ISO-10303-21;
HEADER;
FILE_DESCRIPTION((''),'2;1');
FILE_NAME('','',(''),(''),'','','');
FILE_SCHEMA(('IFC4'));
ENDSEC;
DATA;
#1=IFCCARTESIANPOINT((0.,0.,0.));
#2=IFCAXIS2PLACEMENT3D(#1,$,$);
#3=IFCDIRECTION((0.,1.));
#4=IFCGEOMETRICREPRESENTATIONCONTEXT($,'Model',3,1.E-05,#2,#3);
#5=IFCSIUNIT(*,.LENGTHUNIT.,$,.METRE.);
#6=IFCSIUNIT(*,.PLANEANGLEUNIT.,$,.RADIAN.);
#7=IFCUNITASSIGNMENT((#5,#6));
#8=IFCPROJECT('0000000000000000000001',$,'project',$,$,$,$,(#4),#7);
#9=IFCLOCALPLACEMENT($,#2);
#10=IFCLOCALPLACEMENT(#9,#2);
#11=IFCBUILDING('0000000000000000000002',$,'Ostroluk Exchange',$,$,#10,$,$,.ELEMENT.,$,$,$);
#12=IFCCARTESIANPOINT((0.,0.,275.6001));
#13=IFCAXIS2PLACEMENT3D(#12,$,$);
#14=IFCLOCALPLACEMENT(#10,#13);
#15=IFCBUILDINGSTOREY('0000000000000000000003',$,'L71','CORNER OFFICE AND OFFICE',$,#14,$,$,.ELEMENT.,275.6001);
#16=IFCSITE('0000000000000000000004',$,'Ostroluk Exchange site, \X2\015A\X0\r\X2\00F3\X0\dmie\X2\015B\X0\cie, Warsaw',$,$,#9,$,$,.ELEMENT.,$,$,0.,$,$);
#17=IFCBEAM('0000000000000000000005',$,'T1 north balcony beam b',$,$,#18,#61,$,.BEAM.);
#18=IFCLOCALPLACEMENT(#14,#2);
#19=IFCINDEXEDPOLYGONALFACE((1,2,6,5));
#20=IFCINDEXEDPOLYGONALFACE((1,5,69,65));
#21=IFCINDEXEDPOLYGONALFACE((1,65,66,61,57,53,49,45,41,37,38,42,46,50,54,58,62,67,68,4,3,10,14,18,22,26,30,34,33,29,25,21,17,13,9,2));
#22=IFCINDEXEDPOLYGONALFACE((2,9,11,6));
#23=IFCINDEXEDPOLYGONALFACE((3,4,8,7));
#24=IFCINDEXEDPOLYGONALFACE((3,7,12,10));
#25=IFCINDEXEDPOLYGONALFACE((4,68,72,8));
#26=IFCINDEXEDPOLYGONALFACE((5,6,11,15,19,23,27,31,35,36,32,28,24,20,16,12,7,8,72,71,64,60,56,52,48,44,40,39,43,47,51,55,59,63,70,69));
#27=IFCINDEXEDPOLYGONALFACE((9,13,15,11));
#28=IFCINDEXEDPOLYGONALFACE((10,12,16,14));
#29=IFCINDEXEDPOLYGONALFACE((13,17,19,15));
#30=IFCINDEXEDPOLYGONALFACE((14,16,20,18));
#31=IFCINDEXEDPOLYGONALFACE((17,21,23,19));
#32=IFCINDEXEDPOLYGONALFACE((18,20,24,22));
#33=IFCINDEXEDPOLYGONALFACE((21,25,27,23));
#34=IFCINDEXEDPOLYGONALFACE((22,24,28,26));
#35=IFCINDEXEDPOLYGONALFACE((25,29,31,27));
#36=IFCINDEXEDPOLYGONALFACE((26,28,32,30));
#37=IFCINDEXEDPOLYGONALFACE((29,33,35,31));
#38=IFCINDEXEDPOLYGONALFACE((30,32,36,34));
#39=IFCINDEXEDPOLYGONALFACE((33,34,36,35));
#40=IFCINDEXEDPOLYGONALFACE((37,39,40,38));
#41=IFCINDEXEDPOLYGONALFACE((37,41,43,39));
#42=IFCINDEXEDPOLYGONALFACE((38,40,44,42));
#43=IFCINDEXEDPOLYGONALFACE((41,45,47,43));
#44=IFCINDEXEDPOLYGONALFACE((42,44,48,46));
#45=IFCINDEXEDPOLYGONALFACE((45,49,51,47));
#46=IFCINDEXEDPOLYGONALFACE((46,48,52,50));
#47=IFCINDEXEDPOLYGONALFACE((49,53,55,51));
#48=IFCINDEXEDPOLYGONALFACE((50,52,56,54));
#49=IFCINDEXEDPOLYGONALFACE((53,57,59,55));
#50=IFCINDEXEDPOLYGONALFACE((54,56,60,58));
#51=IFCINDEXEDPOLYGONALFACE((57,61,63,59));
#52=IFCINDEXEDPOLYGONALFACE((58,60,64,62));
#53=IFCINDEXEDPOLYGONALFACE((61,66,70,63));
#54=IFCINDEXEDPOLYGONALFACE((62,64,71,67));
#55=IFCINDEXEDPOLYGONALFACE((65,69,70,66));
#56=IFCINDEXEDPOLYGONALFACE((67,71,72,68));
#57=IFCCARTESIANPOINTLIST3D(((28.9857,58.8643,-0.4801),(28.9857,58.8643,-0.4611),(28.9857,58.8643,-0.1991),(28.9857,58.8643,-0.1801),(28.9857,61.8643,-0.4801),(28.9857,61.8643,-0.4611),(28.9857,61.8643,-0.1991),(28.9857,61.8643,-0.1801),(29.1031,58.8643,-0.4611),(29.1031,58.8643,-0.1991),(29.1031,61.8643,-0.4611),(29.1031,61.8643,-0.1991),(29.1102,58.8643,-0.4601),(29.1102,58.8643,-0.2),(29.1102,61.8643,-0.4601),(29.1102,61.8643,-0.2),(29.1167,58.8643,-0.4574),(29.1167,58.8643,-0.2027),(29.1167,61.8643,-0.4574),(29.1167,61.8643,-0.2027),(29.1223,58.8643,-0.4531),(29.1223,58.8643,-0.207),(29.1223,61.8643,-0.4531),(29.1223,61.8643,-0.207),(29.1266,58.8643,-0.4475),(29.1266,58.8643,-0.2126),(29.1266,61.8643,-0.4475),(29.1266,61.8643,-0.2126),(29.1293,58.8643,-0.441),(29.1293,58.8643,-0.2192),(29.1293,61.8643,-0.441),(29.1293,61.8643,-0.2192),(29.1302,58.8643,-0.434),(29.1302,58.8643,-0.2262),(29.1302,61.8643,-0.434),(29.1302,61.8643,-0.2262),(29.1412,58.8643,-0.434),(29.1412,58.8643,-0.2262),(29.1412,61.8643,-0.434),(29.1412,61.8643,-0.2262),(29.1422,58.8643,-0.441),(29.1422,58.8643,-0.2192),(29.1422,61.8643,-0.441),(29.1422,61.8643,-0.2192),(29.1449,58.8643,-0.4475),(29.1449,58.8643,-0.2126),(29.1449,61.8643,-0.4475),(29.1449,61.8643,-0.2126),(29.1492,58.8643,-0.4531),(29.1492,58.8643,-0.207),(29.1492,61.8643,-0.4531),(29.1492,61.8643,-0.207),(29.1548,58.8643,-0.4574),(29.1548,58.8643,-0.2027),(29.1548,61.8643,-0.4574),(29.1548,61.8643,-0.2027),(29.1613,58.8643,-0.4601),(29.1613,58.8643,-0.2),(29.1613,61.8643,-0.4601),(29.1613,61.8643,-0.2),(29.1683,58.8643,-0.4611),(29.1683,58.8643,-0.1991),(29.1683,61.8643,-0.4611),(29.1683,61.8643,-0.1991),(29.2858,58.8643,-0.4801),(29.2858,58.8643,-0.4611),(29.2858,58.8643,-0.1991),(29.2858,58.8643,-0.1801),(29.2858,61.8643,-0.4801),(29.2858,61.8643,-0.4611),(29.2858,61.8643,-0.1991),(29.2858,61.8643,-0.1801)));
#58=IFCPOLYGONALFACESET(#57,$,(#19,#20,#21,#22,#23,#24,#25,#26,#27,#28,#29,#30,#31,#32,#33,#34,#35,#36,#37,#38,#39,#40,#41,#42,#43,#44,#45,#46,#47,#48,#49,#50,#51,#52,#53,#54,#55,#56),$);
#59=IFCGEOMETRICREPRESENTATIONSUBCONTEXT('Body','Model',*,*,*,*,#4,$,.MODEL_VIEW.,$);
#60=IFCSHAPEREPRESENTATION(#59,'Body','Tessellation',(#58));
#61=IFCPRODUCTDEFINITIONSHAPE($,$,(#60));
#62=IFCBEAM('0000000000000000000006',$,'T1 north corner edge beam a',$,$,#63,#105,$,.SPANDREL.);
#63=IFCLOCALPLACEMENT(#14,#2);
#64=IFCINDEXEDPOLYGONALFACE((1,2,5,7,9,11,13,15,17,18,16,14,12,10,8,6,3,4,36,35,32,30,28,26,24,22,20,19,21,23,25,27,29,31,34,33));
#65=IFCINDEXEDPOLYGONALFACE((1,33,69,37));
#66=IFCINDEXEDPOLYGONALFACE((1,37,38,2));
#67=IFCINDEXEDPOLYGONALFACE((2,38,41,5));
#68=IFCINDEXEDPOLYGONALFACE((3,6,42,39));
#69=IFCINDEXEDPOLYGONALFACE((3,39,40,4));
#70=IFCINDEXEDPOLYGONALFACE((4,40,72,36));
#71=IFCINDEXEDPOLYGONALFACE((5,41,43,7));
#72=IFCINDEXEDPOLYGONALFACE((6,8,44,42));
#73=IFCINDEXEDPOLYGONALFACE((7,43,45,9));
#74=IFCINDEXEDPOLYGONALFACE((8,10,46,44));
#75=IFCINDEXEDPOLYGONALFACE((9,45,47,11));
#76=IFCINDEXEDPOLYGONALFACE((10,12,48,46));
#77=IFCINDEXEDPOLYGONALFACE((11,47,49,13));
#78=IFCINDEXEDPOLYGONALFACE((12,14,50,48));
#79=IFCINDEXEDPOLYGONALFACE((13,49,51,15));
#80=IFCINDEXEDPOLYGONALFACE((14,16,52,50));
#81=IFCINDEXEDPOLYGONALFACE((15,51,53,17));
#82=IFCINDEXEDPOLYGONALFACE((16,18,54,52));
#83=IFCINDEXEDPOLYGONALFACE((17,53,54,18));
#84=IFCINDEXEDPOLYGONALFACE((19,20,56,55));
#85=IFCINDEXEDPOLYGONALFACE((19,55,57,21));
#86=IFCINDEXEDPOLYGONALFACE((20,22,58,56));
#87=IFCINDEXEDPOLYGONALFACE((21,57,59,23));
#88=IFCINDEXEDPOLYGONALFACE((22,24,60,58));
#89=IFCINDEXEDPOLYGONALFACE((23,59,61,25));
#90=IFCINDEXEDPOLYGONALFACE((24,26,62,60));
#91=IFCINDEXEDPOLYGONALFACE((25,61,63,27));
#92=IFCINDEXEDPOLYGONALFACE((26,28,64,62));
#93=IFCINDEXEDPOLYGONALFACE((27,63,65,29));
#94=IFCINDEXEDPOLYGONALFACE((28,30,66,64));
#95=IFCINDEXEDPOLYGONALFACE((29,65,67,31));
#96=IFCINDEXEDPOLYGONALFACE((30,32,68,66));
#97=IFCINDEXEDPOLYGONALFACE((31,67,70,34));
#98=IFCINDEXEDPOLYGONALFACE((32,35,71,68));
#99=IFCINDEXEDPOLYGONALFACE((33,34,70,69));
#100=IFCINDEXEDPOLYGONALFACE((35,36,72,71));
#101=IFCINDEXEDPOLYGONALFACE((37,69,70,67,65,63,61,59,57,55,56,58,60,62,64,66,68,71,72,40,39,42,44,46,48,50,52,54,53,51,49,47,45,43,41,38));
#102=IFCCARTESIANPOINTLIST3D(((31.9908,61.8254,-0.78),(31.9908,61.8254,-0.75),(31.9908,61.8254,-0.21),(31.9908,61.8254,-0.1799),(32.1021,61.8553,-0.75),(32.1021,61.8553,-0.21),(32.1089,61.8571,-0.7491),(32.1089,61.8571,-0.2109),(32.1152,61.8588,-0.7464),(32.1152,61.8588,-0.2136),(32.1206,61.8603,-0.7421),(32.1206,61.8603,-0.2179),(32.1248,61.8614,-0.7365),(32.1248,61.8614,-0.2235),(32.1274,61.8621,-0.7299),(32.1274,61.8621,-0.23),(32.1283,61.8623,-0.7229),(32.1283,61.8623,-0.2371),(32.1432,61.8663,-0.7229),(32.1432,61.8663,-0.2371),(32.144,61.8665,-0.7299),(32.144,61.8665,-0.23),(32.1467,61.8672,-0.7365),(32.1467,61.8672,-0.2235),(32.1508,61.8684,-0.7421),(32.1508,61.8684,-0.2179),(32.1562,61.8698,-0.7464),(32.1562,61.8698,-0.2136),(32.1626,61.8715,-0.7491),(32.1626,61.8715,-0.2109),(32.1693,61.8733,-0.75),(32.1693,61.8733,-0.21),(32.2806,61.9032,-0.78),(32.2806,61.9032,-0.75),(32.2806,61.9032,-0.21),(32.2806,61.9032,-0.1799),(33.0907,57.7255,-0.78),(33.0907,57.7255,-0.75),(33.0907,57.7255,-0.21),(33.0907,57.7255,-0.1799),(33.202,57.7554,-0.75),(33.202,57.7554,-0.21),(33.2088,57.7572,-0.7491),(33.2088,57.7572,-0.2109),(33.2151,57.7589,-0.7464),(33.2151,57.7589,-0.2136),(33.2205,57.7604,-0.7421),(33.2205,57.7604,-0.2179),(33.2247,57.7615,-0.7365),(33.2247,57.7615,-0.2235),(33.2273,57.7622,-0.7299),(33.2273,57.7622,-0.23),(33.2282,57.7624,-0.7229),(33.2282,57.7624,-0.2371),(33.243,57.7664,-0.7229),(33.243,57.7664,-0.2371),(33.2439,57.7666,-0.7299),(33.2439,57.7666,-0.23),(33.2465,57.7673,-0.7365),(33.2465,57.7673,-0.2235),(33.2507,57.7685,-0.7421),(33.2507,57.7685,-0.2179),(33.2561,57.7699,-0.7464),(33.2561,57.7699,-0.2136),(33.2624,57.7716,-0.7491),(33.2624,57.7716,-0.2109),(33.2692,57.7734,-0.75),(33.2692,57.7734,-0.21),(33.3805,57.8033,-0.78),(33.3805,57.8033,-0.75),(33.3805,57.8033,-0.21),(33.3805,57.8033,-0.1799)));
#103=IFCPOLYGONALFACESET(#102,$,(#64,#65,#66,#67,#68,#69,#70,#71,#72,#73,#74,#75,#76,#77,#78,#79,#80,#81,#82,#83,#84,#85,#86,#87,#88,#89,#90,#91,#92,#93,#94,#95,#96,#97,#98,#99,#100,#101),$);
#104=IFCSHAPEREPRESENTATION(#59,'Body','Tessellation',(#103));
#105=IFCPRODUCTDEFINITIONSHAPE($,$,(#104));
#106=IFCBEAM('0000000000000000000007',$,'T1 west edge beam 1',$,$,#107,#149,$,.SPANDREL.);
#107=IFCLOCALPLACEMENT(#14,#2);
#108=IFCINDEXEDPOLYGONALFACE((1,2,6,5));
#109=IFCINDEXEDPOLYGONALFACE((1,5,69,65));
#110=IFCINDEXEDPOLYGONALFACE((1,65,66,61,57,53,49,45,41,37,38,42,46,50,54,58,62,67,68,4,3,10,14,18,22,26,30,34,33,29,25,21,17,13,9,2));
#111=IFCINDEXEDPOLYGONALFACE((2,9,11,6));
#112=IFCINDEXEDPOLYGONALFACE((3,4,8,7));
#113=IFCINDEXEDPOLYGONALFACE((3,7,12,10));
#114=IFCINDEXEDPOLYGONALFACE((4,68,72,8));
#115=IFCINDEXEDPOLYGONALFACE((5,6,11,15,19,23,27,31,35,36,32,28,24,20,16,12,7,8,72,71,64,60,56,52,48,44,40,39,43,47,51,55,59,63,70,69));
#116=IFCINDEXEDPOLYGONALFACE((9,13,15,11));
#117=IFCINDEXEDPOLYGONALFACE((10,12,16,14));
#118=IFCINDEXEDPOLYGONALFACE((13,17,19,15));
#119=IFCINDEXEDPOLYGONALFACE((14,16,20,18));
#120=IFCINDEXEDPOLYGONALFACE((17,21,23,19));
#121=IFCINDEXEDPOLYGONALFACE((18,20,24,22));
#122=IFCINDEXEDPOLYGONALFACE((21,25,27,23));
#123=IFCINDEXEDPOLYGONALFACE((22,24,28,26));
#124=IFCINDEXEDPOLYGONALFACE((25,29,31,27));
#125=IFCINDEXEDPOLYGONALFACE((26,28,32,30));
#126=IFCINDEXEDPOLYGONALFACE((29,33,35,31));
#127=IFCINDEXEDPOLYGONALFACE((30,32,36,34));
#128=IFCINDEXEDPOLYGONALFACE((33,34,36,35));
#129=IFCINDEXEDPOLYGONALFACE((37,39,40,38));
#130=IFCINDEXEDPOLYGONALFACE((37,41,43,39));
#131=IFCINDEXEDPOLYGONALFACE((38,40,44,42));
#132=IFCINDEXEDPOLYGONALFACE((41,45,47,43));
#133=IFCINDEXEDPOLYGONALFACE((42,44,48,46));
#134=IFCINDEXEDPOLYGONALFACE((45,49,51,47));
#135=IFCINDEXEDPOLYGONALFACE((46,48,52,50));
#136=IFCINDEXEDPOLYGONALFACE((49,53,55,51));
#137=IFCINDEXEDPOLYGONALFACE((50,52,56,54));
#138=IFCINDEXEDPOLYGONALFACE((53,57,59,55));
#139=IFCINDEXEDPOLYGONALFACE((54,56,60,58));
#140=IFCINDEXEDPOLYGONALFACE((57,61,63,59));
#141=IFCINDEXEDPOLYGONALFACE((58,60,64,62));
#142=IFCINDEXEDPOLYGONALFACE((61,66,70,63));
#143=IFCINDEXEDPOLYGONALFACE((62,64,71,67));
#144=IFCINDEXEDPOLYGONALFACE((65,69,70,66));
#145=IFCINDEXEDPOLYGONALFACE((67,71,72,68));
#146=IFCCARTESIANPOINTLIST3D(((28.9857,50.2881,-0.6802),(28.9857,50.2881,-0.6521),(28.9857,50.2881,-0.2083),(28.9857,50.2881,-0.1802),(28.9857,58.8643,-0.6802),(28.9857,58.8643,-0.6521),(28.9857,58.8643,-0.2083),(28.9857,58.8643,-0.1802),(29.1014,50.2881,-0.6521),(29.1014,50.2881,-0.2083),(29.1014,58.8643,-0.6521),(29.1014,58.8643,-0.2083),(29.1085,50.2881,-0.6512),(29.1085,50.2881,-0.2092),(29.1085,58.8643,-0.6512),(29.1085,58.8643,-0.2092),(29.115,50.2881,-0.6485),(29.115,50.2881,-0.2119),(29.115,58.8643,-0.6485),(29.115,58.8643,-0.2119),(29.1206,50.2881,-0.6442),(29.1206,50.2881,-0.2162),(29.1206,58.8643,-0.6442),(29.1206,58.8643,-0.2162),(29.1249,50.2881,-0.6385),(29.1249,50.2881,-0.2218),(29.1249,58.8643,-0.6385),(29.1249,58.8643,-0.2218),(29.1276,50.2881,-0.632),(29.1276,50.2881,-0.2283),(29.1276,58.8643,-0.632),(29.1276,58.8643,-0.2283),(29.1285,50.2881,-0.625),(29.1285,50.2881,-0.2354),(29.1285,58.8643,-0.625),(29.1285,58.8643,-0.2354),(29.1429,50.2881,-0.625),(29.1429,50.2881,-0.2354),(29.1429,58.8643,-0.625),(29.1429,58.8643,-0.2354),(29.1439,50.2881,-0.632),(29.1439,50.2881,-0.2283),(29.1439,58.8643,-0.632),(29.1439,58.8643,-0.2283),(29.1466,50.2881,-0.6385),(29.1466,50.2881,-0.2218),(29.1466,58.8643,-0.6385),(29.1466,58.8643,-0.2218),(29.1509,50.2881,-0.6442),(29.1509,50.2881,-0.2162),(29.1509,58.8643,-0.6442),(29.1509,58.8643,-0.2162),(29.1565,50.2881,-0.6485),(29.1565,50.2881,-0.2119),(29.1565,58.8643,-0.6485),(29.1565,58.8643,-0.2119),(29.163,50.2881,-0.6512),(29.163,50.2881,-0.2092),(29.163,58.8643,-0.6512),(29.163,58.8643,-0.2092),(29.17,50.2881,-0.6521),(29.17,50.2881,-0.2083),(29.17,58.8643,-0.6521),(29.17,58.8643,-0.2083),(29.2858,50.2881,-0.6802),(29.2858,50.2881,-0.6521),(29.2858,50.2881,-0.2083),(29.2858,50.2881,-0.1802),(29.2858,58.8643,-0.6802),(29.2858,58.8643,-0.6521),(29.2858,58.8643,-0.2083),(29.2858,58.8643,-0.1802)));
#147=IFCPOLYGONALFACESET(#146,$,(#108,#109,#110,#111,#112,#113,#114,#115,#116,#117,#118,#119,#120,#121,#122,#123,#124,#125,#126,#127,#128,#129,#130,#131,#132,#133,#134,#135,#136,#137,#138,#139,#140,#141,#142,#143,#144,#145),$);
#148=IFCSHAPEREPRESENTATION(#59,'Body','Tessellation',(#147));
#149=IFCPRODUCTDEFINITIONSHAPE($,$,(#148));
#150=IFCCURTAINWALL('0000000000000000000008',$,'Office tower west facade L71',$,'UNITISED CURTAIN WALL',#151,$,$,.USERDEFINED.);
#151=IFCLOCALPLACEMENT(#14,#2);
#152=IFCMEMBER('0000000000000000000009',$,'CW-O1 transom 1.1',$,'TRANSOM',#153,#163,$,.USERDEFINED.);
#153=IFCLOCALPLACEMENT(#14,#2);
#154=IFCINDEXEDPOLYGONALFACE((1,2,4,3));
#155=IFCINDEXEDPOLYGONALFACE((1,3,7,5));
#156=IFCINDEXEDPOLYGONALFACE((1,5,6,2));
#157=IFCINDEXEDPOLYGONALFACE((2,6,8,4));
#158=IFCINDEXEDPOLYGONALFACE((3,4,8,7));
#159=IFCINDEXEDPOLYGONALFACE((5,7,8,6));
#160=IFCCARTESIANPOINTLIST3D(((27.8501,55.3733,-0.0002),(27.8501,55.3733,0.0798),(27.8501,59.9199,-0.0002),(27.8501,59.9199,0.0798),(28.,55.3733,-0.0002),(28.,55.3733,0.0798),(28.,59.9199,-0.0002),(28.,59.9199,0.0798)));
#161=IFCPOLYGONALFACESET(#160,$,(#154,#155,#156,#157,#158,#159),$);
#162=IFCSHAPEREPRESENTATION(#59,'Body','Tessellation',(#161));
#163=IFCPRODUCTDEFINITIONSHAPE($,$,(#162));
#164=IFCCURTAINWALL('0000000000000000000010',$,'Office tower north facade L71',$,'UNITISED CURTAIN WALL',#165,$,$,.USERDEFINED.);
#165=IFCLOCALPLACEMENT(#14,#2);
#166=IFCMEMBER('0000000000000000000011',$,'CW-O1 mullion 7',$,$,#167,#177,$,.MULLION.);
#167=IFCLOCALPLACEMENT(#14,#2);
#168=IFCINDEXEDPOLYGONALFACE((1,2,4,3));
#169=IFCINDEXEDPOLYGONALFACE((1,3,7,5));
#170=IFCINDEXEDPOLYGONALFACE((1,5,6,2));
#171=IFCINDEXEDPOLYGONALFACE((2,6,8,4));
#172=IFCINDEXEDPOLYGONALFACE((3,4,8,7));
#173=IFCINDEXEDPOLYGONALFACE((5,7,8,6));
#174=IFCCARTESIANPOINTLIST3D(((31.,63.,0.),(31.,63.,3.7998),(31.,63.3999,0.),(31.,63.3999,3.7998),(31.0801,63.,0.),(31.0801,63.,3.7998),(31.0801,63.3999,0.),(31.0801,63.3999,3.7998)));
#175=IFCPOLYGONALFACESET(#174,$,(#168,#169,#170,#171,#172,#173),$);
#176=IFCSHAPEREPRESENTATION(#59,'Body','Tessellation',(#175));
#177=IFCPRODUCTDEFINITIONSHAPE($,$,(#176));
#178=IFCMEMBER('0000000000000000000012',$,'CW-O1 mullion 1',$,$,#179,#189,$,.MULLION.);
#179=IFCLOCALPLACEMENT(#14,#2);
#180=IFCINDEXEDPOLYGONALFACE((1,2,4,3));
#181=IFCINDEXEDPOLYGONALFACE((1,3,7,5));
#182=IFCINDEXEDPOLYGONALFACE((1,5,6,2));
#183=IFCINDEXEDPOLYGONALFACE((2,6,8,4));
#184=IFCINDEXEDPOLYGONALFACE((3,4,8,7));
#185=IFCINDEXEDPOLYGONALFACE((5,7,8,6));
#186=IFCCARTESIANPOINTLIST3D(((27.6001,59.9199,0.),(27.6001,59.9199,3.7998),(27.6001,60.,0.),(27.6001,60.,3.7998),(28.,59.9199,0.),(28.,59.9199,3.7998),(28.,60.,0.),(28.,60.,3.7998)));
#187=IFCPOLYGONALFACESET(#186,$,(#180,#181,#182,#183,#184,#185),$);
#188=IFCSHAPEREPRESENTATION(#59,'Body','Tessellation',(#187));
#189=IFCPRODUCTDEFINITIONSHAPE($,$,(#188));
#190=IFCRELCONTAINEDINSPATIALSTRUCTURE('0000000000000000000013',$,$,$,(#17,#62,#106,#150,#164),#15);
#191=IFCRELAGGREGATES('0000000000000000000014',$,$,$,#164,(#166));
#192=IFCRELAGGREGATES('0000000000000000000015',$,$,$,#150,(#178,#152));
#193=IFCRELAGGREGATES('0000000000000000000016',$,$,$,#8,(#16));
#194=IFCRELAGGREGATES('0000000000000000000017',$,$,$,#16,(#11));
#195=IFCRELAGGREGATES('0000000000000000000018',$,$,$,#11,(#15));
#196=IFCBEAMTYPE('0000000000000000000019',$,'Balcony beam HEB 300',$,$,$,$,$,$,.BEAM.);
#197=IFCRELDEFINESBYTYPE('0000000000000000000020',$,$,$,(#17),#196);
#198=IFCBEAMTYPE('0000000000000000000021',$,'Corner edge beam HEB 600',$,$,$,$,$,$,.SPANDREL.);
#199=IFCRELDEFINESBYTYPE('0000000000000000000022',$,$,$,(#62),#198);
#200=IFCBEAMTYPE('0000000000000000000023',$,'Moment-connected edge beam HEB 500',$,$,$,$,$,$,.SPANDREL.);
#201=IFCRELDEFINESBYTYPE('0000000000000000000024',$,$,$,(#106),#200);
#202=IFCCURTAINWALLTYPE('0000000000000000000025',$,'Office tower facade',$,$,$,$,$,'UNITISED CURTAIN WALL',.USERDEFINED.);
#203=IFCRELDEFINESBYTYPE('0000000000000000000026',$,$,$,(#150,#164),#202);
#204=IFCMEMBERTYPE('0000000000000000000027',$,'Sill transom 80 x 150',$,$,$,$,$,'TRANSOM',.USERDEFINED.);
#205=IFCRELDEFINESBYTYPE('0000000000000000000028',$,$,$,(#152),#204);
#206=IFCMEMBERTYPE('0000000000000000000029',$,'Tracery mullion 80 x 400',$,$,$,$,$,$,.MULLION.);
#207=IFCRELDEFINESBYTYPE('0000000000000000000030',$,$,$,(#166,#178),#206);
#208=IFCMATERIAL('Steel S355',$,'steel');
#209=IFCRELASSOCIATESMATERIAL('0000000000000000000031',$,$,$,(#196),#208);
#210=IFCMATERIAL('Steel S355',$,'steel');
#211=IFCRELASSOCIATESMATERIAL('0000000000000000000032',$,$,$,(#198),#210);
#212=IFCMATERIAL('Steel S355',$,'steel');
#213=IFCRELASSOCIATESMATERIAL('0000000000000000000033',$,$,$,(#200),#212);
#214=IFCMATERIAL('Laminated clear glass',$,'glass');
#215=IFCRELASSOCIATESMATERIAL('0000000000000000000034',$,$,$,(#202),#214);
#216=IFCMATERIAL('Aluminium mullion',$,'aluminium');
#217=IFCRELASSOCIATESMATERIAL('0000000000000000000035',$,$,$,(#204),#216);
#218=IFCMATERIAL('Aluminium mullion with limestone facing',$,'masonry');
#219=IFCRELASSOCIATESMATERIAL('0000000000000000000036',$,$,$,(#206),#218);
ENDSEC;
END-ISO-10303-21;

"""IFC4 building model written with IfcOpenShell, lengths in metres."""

from ifc_helpers import new_model, si_unit, direction, frame, origin, origin_2d, place, context, subcontext, project, spatial, rectangle, i_section, extrude, material, material_profile, profile_set, type_object, element, aggregate, save


model = new_model("IFC4")

# Units and contexts
model_context = context("Model", 3, precision=1e-05, world=origin(), true_north=direction((0.0, 1.0)))
body_context = subcontext(model_context, "Body", "Model", "MODEL_VIEW")
ifc_project = project(units=[si_unit("LENGTHUNIT", "METRE"), si_unit("PLANEANGLEUNIT", "RADIAN")], contexts=[model_context])

# Site, building, storey
site_placement = place(None, origin())
site = spatial("IfcSite", under=ifc_project, at=site_placement, Name="Ostroluk Exchange site, Śródmieście, Warsaw", CompositionType="ELEMENT", RefElevation=0.0)
building_placement = place(site_placement, origin())
building = spatial("IfcBuilding", under=site, at=building_placement, Name="Ostroluk Exchange", CompositionType="ELEMENT")
storey_placement = place(building_placement, frame((0.0, 0.0, 275.6001)))
storey = spatial("IfcBuildingStorey", under=building, at=storey_placement, Name="L71", Description="CORNER OFFICE AND OFFICE", CompositionType="ELEMENT", Elevation=275.6001)

# Beams
ifc_material_1 = material(Name="Steel S355", Category="steel")
ifc_material_profile_1 = material_profile(ifc_material_1, i_section(OverallWidth=0.3, OverallDepth=0.3, WebThickness=0.011, FlangeThickness=0.019, FilletRadius=0.0271, at=origin_2d()), Name="HEB 300")
ifc_profile_set_1 = profile_set([ifc_material_profile_1], Name="Steel S355")
beam_type_1 = type_object("IfcBeamType", Name="Balcony beam HEB 300", PredefinedType="BEAM", material=ifc_profile_set_1)
for number, where, z_axis, x_axis, name in (
    (1, (29.1357, 58.8643, -0.3301), (0.0, 1.0, 0.0), (-1.0, 0.0, 0.0), "T1 north balcony beam b"),
):
    element("IfcBeam", number, at=place(storey_placement, frame(where, z_axis=z_axis, x_axis=x_axis)), inside=storey, type_object=beam_type_1, Name=name, PredefinedType="BEAM", context=body_context, shape_type="SweptSolid", body=[
        extrude(i_section(OverallWidth=0.3, OverallDepth=0.3, WebThickness=0.011, FlangeThickness=0.019, FilletRadius=0.0271, at=origin_2d()), origin(), (0.0, 0.0, 1.0), 3.0),
    ])
ifc_material_2 = material(Name="Steel S355", Category="steel")
ifc_material_profile_2 = material_profile(ifc_material_2, i_section(OverallWidth=0.3, OverallDepth=0.6001, WebThickness=0.0154, FlangeThickness=0.03, FilletRadius=0.0271, at=origin_2d()), Name="HEB 600")
ifc_profile_set_2 = profile_set([ifc_material_profile_2], Name="Steel S355")
beam_type_2 = type_object("IfcBeamType", Name="Corner edge beam HEB 600", PredefinedType="SPANDREL", material=ifc_profile_set_2)
beam_1_placement = place(storey_placement, frame((33.2356, 57.7644, -0.48), z_axis=(-0.259105, 0.965849, 0.0), x_axis=(-0.965849, -0.259105, 0.0)))
element("IfcBeam", 2, at=beam_1_placement, inside=storey, type_object=beam_type_2, Name="T1 north corner edge beam a", PredefinedType="SPANDREL", context=body_context, shape_type="SweptSolid", body=[
    extrude(i_section(OverallWidth=0.3, OverallDepth=0.6001, WebThickness=0.0154, FlangeThickness=0.03, FilletRadius=0.0271, at=origin_2d()), origin(), (0.0, 0.0, 1.0), 4.2449),
])
ifc_material_3 = material(Name="Steel S355", Category="steel")
ifc_material_profile_3 = material_profile(ifc_material_3, i_section(OverallWidth=0.3, OverallDepth=0.5, WebThickness=0.0144, FlangeThickness=0.0281, FilletRadius=0.0271, at=origin_2d()), Name="HEB 500")
ifc_profile_set_3 = profile_set([ifc_material_profile_3], Name="Steel S355")
beam_type_3 = type_object("IfcBeamType", Name="Moment-connected edge beam HEB 500", PredefinedType="SPANDREL", material=ifc_profile_set_3)
beam_2_placement = place(storey_placement, frame((29.1357, 58.8643, -0.4302), z_axis=(0.0, -1.0, 0.0), x_axis=(1.0, 0.0, 0.0)))
element("IfcBeam", 3, at=beam_2_placement, inside=storey, type_object=beam_type_3, Name="T1 west edge beam 1", PredefinedType="SPANDREL", context=body_context, shape_type="SweptSolid", body=[
    extrude(i_section(OverallWidth=0.3, OverallDepth=0.5, WebThickness=0.0144, FlangeThickness=0.0281, FilletRadius=0.0271, at=origin_2d()), origin(), (0.0, 0.0, 1.0), 8.5762),
])

# Curtain walls, members
ifc_material_4 = material(Name="Laminated clear glass", Category="glass")
curtain_wall_type = type_object("IfcCurtainWallType", Name="Office tower facade", ElementType="UNITISED CURTAIN WALL", PredefinedType="USERDEFINED", material=ifc_material_4)
curtain_wall_1_placement = place(storey_placement, origin())
curtain_wall_1 = element("IfcCurtainWall", 4, at=curtain_wall_1_placement, inside=storey, type_object=curtain_wall_type, Name="Office tower west facade L71", ObjectType="UNITISED CURTAIN WALL", PredefinedType="USERDEFINED")
ifc_material_5 = material(Name="Aluminium mullion", Category="aluminium")
ifc_material_profile_4 = material_profile(ifc_material_5, rectangle(XDim=0.1499, YDim=0.0801, at=origin_2d()), Name="Sill transom 80 x 150")
ifc_profile_set_4 = profile_set([ifc_material_profile_4], Name="Aluminium mullion")
member_type_1 = type_object("IfcMemberType", Name="Sill transom 80 x 150", ElementType="TRANSOM", PredefinedType="USERDEFINED", material=ifc_profile_set_4)
member_1_placement = place(storey_placement, frame((27.925, 59.9199, 0.0398), z_axis=(0.0, -1.0, 0.0), x_axis=(1.0, 0.0, 0.0)))
member_1 = element("IfcMember", 5, at=member_1_placement, type_object=member_type_1, Name="CW-O1 transom 1.1", ObjectType="TRANSOM", PredefinedType="USERDEFINED", context=body_context, shape_type="SweptSolid", body=[
    extrude(rectangle(XDim=0.1499, YDim=0.0801, at=origin_2d()), origin(), (0.0, 0.0, 1.0), 4.5466),
])
curtain_wall_2_placement = place(storey_placement, origin())
curtain_wall_2 = element("IfcCurtainWall", 6, at=curtain_wall_2_placement, inside=storey, type_object=curtain_wall_type, Name="Office tower north facade L71", ObjectType="UNITISED CURTAIN WALL", PredefinedType="USERDEFINED")
ifc_material_6 = material(Name="Aluminium mullion with limestone facing", Category="masonry")
ifc_material_profile_5 = material_profile(ifc_material_6, rectangle(XDim=0.3999, YDim=0.0801, at=origin_2d()), Name="Tracery mullion 80 x 400")
ifc_profile_set_5 = profile_set([ifc_material_profile_5], Name="Aluminium mullion with limestone facing")
member_type_2 = type_object("IfcMemberType", Name="Tracery mullion 80 x 400", PredefinedType="MULLION", material=ifc_profile_set_5)
member_2_placement = place(storey_placement, frame((31.04, 63.2, 0.0), z_axis=(0.0, 0.0, 1.0), x_axis=(0.0, -1.0, 0.0)))
member_2 = element("IfcMember", 7, at=member_2_placement, type_object=member_type_2, Name="CW-O1 mullion 7", PredefinedType="MULLION", context=body_context, shape_type="SweptSolid", body=[
    extrude(rectangle(XDim=0.3999, YDim=0.0801, at=origin_2d()), origin(), (0.0, 0.0, 1.0), 3.7998),
])
aggregate(curtain_wall_2, [member_2])

# Member
member_3_placement = place(storey_placement, frame((27.8, 59.96, 0.0), z_axis=(0.0, 0.0, 1.0), x_axis=(1.0, 0.0, 0.0)))
member_3 = element("IfcMember", 8, at=member_3_placement, type_object=member_type_2, Name="CW-O1 mullion 1", PredefinedType="MULLION", context=body_context, shape_type="SweptSolid", body=[
    extrude(rectangle(XDim=0.3999, YDim=0.0801, at=origin_2d()), origin(), (0.0, 0.0, 1.0), 3.7998),
])

aggregate(curtain_wall_1, [member_3, member_1])

save(model, "model.ifc")
